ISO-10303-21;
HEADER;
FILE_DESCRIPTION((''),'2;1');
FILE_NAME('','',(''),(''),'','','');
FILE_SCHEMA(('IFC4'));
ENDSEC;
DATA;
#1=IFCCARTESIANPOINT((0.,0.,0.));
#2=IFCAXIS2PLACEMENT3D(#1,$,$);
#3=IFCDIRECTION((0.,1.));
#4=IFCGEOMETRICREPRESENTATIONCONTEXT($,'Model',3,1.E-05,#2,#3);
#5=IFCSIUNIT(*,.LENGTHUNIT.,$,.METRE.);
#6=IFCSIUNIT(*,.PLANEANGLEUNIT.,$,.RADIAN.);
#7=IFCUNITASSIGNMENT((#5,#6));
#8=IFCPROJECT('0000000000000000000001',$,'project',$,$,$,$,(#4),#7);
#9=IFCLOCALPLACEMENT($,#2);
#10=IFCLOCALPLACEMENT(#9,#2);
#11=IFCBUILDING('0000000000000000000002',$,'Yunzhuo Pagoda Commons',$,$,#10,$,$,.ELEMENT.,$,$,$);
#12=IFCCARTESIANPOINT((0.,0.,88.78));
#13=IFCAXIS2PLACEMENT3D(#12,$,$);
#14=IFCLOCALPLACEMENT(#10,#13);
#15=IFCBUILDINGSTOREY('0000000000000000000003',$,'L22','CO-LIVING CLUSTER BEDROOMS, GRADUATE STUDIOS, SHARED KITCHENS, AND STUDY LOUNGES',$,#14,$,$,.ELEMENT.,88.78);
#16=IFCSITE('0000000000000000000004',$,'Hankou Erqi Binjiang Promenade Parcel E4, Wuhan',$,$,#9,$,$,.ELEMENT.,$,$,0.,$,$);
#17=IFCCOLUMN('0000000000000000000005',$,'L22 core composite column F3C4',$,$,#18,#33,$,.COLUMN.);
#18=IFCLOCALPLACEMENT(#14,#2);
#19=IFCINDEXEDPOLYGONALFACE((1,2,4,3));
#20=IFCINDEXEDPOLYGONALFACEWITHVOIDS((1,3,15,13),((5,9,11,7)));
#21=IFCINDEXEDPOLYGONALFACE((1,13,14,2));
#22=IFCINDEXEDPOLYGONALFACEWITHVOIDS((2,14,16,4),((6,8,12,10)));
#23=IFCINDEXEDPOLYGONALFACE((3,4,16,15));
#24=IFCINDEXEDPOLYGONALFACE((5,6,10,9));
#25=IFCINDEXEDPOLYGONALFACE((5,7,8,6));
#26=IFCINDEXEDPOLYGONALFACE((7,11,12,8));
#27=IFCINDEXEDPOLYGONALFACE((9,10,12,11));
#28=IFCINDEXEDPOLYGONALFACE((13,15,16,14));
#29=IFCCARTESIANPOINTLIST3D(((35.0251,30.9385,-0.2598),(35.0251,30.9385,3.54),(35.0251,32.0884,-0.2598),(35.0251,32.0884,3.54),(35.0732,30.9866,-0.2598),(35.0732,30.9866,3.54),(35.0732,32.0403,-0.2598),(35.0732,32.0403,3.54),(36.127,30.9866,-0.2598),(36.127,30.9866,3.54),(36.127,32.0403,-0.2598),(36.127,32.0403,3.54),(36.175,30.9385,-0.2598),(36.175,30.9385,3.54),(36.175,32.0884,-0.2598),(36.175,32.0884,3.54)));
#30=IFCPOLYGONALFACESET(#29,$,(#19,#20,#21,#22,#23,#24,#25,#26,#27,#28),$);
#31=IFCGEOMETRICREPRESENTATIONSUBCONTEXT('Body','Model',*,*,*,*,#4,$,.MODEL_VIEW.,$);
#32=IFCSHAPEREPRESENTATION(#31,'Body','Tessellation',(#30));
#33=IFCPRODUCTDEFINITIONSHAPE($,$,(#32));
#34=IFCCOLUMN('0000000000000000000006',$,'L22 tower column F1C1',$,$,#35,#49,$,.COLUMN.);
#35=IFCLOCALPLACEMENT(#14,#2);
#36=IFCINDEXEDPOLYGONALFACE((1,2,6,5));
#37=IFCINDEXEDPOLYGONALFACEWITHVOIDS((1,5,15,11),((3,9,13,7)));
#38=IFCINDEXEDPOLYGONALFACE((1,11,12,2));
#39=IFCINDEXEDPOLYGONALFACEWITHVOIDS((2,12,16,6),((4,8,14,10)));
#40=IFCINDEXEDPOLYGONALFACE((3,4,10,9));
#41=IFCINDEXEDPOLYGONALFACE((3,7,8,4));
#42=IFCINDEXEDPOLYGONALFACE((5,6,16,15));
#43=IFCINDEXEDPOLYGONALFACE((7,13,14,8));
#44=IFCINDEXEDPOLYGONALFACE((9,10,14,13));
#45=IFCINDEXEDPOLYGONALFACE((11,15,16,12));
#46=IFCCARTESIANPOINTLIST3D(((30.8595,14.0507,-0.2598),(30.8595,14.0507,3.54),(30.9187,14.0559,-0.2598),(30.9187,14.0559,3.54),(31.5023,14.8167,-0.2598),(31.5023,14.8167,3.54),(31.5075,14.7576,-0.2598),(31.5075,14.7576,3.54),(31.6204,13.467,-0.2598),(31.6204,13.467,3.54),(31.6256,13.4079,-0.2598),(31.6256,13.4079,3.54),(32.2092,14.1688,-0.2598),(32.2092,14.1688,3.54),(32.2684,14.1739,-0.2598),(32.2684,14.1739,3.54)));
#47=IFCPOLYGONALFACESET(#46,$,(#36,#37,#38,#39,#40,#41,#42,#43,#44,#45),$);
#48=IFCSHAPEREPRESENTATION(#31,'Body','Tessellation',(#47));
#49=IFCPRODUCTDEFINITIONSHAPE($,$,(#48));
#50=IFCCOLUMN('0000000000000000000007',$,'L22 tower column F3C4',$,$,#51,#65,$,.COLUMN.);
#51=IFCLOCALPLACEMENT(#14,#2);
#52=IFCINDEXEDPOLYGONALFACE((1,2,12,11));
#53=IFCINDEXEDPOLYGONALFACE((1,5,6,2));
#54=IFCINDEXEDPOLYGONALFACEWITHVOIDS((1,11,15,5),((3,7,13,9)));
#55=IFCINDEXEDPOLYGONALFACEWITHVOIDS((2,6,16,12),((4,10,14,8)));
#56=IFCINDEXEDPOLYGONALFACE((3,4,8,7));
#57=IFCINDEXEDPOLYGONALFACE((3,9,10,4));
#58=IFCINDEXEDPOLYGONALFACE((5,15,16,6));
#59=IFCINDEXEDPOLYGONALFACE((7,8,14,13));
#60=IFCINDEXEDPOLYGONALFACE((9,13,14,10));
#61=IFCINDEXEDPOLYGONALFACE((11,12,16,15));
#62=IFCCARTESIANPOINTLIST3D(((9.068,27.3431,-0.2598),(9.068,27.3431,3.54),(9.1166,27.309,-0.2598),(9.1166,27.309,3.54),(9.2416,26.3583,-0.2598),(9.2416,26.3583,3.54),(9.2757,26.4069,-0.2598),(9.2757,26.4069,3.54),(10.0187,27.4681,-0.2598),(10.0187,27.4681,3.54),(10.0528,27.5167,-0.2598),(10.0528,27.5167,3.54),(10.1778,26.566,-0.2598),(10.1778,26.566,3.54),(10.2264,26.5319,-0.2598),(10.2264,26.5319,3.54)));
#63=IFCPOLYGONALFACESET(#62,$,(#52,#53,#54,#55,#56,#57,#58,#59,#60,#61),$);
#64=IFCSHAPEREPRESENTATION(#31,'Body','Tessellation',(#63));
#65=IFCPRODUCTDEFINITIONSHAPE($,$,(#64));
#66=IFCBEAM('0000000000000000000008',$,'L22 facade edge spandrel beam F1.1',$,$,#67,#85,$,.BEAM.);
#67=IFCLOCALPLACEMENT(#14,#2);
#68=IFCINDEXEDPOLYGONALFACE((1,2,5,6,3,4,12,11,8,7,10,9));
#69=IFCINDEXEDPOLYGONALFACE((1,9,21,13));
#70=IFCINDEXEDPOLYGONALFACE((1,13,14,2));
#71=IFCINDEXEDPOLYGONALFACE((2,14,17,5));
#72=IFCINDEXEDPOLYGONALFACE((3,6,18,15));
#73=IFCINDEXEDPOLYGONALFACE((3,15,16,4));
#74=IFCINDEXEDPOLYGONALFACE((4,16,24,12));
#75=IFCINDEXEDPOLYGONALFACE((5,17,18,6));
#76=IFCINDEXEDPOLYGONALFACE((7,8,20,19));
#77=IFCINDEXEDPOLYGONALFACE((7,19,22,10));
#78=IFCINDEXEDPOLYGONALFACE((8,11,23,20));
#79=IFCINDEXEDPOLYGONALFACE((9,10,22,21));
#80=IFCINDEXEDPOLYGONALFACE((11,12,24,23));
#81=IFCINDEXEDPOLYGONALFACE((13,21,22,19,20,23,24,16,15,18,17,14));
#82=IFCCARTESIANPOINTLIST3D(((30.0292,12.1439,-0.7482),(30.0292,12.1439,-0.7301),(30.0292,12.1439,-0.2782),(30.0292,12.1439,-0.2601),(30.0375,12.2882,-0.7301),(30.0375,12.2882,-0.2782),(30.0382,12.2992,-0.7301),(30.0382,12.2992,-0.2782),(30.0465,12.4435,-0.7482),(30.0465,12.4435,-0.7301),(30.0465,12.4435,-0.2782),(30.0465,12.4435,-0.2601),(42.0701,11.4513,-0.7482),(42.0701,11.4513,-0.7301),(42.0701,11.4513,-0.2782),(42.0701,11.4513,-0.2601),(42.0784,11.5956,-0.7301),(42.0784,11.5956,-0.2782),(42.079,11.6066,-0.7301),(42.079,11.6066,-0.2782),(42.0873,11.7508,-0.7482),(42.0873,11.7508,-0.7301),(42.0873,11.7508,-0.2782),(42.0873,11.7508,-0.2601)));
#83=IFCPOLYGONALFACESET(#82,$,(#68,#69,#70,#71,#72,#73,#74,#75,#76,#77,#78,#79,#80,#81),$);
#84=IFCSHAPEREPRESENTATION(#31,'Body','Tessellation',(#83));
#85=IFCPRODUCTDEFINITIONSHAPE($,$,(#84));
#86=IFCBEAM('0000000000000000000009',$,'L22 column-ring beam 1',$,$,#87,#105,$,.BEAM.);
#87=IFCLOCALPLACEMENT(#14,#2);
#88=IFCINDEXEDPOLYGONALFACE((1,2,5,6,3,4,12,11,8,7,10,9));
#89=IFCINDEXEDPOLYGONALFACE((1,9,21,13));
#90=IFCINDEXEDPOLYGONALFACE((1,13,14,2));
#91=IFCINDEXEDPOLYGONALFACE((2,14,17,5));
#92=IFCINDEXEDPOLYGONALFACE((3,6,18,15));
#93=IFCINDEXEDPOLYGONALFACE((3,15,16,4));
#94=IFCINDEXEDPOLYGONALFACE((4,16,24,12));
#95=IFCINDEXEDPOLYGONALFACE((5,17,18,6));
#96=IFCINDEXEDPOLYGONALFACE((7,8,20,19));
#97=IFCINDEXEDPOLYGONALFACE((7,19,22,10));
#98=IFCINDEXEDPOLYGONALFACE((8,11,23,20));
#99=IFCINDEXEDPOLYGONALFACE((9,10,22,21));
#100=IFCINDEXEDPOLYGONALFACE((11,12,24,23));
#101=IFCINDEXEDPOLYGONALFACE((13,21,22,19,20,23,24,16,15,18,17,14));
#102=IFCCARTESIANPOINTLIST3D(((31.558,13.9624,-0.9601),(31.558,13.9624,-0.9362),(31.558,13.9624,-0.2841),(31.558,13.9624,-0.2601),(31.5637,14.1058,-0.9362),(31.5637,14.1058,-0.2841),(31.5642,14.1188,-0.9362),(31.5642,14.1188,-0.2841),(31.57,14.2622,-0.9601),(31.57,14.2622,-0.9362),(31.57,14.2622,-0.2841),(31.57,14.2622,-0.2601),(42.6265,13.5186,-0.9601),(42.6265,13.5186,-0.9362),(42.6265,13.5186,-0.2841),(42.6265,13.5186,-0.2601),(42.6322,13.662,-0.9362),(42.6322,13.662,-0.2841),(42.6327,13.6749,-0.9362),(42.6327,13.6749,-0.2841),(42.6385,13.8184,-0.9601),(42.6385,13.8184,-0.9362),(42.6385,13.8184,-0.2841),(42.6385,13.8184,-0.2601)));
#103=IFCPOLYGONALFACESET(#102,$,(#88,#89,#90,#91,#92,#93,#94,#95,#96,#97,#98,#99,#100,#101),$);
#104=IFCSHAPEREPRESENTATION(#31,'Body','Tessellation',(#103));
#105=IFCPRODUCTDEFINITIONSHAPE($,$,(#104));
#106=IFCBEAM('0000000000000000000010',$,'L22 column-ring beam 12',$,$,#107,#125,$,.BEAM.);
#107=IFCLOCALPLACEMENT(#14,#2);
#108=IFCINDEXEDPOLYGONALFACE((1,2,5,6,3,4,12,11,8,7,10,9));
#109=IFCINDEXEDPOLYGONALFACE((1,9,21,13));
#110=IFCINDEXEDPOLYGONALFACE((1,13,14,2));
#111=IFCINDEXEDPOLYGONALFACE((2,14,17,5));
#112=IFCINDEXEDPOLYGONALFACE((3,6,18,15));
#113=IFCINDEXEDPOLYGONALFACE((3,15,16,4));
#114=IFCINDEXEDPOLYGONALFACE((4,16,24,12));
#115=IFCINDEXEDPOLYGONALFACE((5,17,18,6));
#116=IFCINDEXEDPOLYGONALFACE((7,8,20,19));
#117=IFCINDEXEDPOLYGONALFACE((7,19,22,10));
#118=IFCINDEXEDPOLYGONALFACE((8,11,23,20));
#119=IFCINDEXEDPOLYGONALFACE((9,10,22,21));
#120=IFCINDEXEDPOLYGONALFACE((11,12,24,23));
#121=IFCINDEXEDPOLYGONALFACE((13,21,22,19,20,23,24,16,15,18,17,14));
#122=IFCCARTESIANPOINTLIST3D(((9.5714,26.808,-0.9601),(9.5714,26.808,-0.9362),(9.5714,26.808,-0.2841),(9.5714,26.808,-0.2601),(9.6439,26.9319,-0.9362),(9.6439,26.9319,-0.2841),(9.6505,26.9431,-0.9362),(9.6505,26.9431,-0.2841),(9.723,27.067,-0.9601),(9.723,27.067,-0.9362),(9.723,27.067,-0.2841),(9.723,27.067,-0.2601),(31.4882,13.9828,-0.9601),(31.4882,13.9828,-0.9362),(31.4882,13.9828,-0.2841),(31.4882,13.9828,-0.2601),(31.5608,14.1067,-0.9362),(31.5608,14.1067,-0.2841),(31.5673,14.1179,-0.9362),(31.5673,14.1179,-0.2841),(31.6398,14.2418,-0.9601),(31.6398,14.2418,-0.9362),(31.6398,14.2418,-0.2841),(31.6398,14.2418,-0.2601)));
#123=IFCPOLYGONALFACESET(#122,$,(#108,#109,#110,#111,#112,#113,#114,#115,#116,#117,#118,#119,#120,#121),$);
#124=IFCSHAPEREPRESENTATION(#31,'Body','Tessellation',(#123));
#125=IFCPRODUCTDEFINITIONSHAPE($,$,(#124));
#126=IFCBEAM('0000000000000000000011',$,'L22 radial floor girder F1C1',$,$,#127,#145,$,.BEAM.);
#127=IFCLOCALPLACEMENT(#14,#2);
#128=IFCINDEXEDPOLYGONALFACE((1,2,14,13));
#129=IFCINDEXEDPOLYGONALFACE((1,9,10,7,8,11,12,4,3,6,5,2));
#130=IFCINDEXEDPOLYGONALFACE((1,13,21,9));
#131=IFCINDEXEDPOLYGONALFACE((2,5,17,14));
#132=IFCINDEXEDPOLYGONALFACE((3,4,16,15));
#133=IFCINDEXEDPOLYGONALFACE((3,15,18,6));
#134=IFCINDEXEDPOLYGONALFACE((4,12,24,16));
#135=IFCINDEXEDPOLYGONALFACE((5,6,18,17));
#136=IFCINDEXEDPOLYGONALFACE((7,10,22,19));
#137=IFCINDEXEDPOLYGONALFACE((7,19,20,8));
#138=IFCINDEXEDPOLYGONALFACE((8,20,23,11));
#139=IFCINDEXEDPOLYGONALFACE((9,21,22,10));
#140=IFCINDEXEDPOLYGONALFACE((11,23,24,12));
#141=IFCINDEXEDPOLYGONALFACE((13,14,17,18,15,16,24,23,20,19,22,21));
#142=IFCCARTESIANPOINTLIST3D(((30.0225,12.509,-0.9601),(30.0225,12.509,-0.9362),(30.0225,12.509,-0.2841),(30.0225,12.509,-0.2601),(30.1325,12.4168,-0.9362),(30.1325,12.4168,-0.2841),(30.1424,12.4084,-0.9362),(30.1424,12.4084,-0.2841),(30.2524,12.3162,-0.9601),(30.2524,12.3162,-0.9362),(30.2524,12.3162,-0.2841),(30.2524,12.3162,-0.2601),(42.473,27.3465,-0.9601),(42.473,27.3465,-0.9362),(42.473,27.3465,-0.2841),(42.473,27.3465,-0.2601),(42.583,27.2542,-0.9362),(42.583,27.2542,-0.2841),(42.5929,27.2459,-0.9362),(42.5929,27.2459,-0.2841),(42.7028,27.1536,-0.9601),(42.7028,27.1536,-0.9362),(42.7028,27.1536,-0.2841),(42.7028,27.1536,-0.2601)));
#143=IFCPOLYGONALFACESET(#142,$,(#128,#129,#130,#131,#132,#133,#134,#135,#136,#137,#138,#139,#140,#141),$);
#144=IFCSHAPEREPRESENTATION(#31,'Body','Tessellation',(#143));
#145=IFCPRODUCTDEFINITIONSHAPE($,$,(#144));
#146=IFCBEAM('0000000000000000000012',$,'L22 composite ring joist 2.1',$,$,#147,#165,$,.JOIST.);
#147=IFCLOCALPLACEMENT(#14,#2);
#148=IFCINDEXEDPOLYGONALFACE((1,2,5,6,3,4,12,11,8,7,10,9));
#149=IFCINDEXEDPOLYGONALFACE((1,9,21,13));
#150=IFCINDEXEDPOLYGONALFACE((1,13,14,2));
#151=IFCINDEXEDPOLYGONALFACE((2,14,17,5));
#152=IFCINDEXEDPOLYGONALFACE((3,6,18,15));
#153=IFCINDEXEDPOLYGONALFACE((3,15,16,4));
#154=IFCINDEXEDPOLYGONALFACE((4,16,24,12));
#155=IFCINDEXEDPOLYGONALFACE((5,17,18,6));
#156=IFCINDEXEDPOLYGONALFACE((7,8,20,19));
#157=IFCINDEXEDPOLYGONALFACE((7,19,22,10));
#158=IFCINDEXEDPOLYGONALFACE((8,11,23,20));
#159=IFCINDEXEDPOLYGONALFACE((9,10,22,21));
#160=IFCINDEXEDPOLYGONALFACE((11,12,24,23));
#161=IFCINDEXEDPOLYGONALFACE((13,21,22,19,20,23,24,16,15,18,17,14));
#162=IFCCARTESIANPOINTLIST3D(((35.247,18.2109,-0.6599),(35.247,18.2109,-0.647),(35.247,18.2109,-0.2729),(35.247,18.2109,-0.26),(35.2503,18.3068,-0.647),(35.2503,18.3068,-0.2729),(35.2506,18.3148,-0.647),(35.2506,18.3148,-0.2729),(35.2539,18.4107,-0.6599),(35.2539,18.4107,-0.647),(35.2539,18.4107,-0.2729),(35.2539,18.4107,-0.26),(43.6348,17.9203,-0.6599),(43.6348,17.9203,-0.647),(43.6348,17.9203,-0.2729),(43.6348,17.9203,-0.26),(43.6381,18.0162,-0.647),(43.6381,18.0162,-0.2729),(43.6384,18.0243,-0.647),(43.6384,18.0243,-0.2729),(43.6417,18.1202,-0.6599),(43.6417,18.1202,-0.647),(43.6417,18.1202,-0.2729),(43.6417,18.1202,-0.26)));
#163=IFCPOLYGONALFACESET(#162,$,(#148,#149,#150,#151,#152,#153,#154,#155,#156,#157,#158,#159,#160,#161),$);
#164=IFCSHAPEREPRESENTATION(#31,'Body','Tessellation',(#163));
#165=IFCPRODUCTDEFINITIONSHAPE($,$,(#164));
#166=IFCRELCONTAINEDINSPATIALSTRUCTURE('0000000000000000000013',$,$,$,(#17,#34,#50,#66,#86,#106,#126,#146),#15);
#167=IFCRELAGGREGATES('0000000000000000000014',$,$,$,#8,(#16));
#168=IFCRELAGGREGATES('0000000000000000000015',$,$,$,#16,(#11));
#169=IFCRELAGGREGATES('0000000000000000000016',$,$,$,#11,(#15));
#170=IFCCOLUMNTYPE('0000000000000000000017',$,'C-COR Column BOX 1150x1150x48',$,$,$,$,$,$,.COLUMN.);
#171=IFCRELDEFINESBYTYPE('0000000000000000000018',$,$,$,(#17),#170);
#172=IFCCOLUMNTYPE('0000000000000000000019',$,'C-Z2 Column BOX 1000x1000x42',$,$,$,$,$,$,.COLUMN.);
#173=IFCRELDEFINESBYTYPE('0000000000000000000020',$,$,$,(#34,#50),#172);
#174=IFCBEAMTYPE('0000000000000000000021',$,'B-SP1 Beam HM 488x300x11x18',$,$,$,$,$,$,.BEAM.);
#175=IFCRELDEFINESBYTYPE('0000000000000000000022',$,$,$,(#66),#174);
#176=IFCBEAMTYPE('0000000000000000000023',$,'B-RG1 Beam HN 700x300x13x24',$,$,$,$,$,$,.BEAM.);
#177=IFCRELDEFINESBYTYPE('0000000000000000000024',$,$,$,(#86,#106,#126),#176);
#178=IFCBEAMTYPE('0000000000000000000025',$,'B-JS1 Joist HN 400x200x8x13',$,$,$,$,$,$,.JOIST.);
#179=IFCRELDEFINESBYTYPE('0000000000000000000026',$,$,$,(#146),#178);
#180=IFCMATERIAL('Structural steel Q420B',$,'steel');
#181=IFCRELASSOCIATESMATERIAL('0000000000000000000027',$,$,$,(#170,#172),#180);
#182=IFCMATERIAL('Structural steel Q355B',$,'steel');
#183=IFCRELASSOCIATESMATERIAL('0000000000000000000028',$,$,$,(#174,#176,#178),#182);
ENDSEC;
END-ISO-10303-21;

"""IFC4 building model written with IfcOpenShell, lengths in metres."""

from ifc_helpers import new_model, si_unit, direction, frame, origin, origin_2d, place, context, subcontext, project, spatial, hollow_rectangle, i_section, extrude, source, transform, mapped, material, material_profile, profile_set, type_object, element, save


model = new_model("IFC4")

# Units and contexts
model_context = context("Model", 3, precision=1e-05, world=origin(), true_north=direction((0.0, 1.0)))
body_context = subcontext(model_context, "Body", "Model", "MODEL_VIEW")
ifc_project = project(units=[si_unit("LENGTHUNIT", "METRE"), si_unit("PLANEANGLEUNIT", "RADIAN")], contexts=[model_context])

# Site, building, storey
site_placement = place(None, origin())
site = spatial("IfcSite", under=ifc_project, at=site_placement, Name="Hankou Erqi Binjiang Promenade Parcel E4, Wuhan", CompositionType="ELEMENT", RefElevation=0.0)
building_placement = place(site_placement, origin())
building = spatial("IfcBuilding", under=site, at=building_placement, Name="Yunzhuo Pagoda Commons", CompositionType="ELEMENT")
storey_placement = place(building_placement, frame((0.0, 0.0, 88.78)))
storey = spatial("IfcBuildingStorey", under=building, at=storey_placement, Name="L22", Description="CO-LIVING CLUSTER BEDROOMS, GRADUATE STUDIOS, SHARED KITCHENS, AND STUDY LOUNGES", CompositionType="ELEMENT", Elevation=88.78)

# Columns
ifc_material_1 = material(Name="Structural steel Q420B", Category="steel")
ifc_material_profile_1 = material_profile(ifc_material_1, hollow_rectangle(XDim=1.1499, YDim=1.1499, WallThickness=0.0481, at=origin_2d()), Name="Structural steel Q420B")
ifc_profile_set_1 = profile_set([ifc_material_profile_1], Name="Structural steel Q420B")
column_type_1 = type_object("IfcColumnType", Name="C-COR Column BOX 1150x1150x48", PredefinedType="COLUMN", material=ifc_profile_set_1)
shared_shape_1 = source(origin(), body_context, "Body", "SweptSolid", [
    extrude(hollow_rectangle(XDim=1.1499, YDim=1.1499, WallThickness=0.0481, at=origin_2d()), origin(), (0.0, 0.0, 1.0), 3.7998),
])
column_placement = place(storey_placement, frame((35.6001, 31.5134, -0.2598), z_axis=(0.0, 0.0, 1.0), x_axis=(1.0, 0.0, 0.0)))
element("IfcColumn", 1, at=column_placement, inside=storey, type_object=column_type_1, Name="L22 core composite column F3C4", PredefinedType="COLUMN", context=body_context, shape_type="MappedRepresentation", body=[
    mapped(shared_shape_1, transform((0.0, 0.0, 0.0), scale=1.0)),
])
ifc_material_profile_2 = material_profile(ifc_material_1, hollow_rectangle(XDim=1.0, YDim=1.0, WallThickness=0.042, at=origin_2d()), Name="Structural steel Q420B")
ifc_profile_set_2 = profile_set([ifc_material_profile_2], Name="Structural steel Q420B")
column_type_2 = type_object("IfcColumnType", Name="C-Z2 Column BOX 1000x1000x42", PredefinedType="COLUMN", material=ifc_profile_set_2)
shared_shape_2 = source(origin(), body_context, "Body", "SweptSolid", [
    extrude(hollow_rectangle(XDim=1.0, YDim=1.0, WallThickness=0.042, at=origin_2d()), origin(), (0.0, 0.0, 1.0), 3.7998),
])
for number, where, z_axis, x_axis, name in (
    (2, (31.564, 14.1123, -0.2598), (0.0, 0.0, 1.0), (0.766044, -0.642788, 0.0), "L22 tower column F1C1"),
    (3, (9.6472, 26.9375, -0.2598), (0.0, 0.0, 1.0), (0.173648, -0.984808, 0.0), "L22 tower column F3C4"),
):
    element("IfcColumn", number, at=place(storey_placement, frame(where, z_axis=z_axis, x_axis=x_axis)), inside=storey, type_object=column_type_2, Name=name, PredefinedType="COLUMN", context=body_context, shape_type="MappedRepresentation", body=[
        mapped(shared_shape_2, transform((0.0, 0.0, 0.0), scale=1.0)),
    ])

# Beams
ifc_material_2 = material(Name="Structural steel Q355B", Category="steel")
ifc_material_profile_3 = material_profile(ifc_material_2, i_section(OverallWidth=0.3, OverallDepth=0.488, WebThickness=0.011, FlangeThickness=0.0181, at=origin_2d()), Name="Structural steel Q355B")
ifc_profile_set_3 = profile_set([ifc_material_profile_3], Name="Structural steel Q355B")
beam_type_1 = type_object("IfcBeamType", Name="B-SP1 Beam HM 488x300x11x18", PredefinedType="BEAM", material=ifc_profile_set_3)
shared_shape_3 = source(origin(), body_context, "Body", "SweptSolid", [
    extrude(i_section(OverallWidth=0.3, OverallDepth=0.488, WebThickness=0.011, FlangeThickness=0.0181, at=origin_2d()), origin(), (0.0, 0.0, 1.0), 12.0608),
])
beam_1_placement = place(storey_placement, frame((30.0378, 12.2937, -0.5042), z_axis=(0.99835, -0.057429, 0.0), x_axis=(0.057429, 0.99835, 0.0)))
element("IfcBeam", 4, at=beam_1_placement, inside=storey, type_object=beam_type_1, Name="L22 facade edge spandrel beam F1.1", PredefinedType="BEAM", context=body_context, shape_type="MappedRepresentation", body=[
    mapped(shared_shape_3, transform((0.0, 0.0, 0.0), scale=1.0)),
])
ifc_material_profile_4 = material_profile(ifc_material_2, i_section(OverallWidth=0.3, OverallDepth=0.7, WebThickness=0.0129, FlangeThickness=0.0239, at=origin_2d()), Name="Structural steel Q355B")
ifc_profile_set_4 = profile_set([ifc_material_profile_4], Name="Structural steel Q355B")
beam_type_2 = type_object("IfcBeamType", Name="B-RG1 Beam HN 700x300x13x24", PredefinedType="BEAM", material=ifc_profile_set_4)
shared_shape_4 = source(origin(), body_context, "Body", "SweptSolid", [
    extrude(i_section(OverallWidth=0.3, OverallDepth=0.7, WebThickness=0.0129, FlangeThickness=0.0239, at=origin_2d()), origin(), (0.0, 0.0, 1.0), 11.0774),
])
beam_2_placement = place(storey_placement, frame((31.564, 14.1123, -0.6101), z_axis=(0.999197, -0.040067, 0.0), x_axis=(0.040067, 0.999197, 0.0)))
element("IfcBeam", 5, at=beam_2_placement, inside=storey, type_object=beam_type_2, Name="L22 column-ring beam 1", PredefinedType="BEAM", context=body_context, shape_type="MappedRepresentation", body=[
    mapped(shared_shape_4, transform((0.0, 0.0, 0.0), scale=1.0)),
])
shared_shape_5 = source(origin(), body_context, "Body", "SweptSolid", [
    extrude(i_section(OverallWidth=0.3, OverallDepth=0.7, WebThickness=0.0129, FlangeThickness=0.0239, at=origin_2d()), origin(), (0.0, 0.0, 1.0), 25.3936),
])
beam_3_placement = place(storey_placement, frame((9.6472, 26.9375, -0.6101), z_axis=(0.863085, -0.505058, 0.0), x_axis=(0.505058, 0.863085, 0.0)))
element("IfcBeam", 6, at=beam_3_placement, inside=storey, type_object=beam_type_2, Name="L22 column-ring beam 12", PredefinedType="BEAM", context=body_context, shape_type="MappedRepresentation", body=[
    mapped(shared_shape_5, transform((0.0, 0.0, 0.0), scale=1.0)),
])
shared_shape_6 = source(origin(), body_context, "Body", "SweptSolid", [
    extrude(i_section(OverallWidth=0.3, OverallDepth=0.7, WebThickness=0.0129, FlangeThickness=0.0239, at=origin_2d()), origin(), (0.0, 0.0, 1.0), 19.3691),
])
beam_4_placement = place(storey_placement, frame((30.1375, 12.4126, -0.6101), z_axis=(0.642799, 0.766035, 0.0), x_axis=(-0.766035, 0.642799, 0.0)))
element("IfcBeam", 7, at=beam_4_placement, inside=storey, type_object=beam_type_2, Name="L22 radial floor girder F1C1", PredefinedType="BEAM", context=body_context, shape_type="MappedRepresentation", body=[
    mapped(shared_shape_6, transform((0.0, 0.0, 0.0), scale=1.0)),
])
ifc_material_profile_5 = material_profile(ifc_material_2, i_section(OverallWidth=0.2, OverallDepth=0.3999, WebThickness=0.0081, FlangeThickness=0.0129, at=origin_2d()), Name="Structural steel Q355B")
ifc_profile_set_5 = profile_set([ifc_material_profile_5], Name="Structural steel Q355B")
beam_type_3 = type_object("IfcBeamType", Name="B-JS1 Joist HN 400x200x8x13", PredefinedType="JOIST", material=ifc_profile_set_5)
shared_shape_7 = source(origin(), body_context, "Body", "SweptSolid", [
    extrude(i_section(OverallWidth=0.2, OverallDepth=0.3999, WebThickness=0.0081, FlangeThickness=0.0129, at=origin_2d()), origin(), (0.0, 0.0, 1.0), 8.3928),
])
beam_5_placement = place(storey_placement, frame((35.2505, 18.3108, -0.46), z_axis=(0.999401, -0.034617, 0.0), x_axis=(0.034617, 0.999401, 0.0)))
element("IfcBeam", 8, at=beam_5_placement, inside=storey, type_object=beam_type_3, Name="L22 composite ring joist 2.1", PredefinedType="JOIST", context=body_context, shape_type="MappedRepresentation", body=[
    mapped(shared_shape_7, transform((0.0, 0.0, 0.0), scale=1.0)),
])

save(model, "model.ifc")
